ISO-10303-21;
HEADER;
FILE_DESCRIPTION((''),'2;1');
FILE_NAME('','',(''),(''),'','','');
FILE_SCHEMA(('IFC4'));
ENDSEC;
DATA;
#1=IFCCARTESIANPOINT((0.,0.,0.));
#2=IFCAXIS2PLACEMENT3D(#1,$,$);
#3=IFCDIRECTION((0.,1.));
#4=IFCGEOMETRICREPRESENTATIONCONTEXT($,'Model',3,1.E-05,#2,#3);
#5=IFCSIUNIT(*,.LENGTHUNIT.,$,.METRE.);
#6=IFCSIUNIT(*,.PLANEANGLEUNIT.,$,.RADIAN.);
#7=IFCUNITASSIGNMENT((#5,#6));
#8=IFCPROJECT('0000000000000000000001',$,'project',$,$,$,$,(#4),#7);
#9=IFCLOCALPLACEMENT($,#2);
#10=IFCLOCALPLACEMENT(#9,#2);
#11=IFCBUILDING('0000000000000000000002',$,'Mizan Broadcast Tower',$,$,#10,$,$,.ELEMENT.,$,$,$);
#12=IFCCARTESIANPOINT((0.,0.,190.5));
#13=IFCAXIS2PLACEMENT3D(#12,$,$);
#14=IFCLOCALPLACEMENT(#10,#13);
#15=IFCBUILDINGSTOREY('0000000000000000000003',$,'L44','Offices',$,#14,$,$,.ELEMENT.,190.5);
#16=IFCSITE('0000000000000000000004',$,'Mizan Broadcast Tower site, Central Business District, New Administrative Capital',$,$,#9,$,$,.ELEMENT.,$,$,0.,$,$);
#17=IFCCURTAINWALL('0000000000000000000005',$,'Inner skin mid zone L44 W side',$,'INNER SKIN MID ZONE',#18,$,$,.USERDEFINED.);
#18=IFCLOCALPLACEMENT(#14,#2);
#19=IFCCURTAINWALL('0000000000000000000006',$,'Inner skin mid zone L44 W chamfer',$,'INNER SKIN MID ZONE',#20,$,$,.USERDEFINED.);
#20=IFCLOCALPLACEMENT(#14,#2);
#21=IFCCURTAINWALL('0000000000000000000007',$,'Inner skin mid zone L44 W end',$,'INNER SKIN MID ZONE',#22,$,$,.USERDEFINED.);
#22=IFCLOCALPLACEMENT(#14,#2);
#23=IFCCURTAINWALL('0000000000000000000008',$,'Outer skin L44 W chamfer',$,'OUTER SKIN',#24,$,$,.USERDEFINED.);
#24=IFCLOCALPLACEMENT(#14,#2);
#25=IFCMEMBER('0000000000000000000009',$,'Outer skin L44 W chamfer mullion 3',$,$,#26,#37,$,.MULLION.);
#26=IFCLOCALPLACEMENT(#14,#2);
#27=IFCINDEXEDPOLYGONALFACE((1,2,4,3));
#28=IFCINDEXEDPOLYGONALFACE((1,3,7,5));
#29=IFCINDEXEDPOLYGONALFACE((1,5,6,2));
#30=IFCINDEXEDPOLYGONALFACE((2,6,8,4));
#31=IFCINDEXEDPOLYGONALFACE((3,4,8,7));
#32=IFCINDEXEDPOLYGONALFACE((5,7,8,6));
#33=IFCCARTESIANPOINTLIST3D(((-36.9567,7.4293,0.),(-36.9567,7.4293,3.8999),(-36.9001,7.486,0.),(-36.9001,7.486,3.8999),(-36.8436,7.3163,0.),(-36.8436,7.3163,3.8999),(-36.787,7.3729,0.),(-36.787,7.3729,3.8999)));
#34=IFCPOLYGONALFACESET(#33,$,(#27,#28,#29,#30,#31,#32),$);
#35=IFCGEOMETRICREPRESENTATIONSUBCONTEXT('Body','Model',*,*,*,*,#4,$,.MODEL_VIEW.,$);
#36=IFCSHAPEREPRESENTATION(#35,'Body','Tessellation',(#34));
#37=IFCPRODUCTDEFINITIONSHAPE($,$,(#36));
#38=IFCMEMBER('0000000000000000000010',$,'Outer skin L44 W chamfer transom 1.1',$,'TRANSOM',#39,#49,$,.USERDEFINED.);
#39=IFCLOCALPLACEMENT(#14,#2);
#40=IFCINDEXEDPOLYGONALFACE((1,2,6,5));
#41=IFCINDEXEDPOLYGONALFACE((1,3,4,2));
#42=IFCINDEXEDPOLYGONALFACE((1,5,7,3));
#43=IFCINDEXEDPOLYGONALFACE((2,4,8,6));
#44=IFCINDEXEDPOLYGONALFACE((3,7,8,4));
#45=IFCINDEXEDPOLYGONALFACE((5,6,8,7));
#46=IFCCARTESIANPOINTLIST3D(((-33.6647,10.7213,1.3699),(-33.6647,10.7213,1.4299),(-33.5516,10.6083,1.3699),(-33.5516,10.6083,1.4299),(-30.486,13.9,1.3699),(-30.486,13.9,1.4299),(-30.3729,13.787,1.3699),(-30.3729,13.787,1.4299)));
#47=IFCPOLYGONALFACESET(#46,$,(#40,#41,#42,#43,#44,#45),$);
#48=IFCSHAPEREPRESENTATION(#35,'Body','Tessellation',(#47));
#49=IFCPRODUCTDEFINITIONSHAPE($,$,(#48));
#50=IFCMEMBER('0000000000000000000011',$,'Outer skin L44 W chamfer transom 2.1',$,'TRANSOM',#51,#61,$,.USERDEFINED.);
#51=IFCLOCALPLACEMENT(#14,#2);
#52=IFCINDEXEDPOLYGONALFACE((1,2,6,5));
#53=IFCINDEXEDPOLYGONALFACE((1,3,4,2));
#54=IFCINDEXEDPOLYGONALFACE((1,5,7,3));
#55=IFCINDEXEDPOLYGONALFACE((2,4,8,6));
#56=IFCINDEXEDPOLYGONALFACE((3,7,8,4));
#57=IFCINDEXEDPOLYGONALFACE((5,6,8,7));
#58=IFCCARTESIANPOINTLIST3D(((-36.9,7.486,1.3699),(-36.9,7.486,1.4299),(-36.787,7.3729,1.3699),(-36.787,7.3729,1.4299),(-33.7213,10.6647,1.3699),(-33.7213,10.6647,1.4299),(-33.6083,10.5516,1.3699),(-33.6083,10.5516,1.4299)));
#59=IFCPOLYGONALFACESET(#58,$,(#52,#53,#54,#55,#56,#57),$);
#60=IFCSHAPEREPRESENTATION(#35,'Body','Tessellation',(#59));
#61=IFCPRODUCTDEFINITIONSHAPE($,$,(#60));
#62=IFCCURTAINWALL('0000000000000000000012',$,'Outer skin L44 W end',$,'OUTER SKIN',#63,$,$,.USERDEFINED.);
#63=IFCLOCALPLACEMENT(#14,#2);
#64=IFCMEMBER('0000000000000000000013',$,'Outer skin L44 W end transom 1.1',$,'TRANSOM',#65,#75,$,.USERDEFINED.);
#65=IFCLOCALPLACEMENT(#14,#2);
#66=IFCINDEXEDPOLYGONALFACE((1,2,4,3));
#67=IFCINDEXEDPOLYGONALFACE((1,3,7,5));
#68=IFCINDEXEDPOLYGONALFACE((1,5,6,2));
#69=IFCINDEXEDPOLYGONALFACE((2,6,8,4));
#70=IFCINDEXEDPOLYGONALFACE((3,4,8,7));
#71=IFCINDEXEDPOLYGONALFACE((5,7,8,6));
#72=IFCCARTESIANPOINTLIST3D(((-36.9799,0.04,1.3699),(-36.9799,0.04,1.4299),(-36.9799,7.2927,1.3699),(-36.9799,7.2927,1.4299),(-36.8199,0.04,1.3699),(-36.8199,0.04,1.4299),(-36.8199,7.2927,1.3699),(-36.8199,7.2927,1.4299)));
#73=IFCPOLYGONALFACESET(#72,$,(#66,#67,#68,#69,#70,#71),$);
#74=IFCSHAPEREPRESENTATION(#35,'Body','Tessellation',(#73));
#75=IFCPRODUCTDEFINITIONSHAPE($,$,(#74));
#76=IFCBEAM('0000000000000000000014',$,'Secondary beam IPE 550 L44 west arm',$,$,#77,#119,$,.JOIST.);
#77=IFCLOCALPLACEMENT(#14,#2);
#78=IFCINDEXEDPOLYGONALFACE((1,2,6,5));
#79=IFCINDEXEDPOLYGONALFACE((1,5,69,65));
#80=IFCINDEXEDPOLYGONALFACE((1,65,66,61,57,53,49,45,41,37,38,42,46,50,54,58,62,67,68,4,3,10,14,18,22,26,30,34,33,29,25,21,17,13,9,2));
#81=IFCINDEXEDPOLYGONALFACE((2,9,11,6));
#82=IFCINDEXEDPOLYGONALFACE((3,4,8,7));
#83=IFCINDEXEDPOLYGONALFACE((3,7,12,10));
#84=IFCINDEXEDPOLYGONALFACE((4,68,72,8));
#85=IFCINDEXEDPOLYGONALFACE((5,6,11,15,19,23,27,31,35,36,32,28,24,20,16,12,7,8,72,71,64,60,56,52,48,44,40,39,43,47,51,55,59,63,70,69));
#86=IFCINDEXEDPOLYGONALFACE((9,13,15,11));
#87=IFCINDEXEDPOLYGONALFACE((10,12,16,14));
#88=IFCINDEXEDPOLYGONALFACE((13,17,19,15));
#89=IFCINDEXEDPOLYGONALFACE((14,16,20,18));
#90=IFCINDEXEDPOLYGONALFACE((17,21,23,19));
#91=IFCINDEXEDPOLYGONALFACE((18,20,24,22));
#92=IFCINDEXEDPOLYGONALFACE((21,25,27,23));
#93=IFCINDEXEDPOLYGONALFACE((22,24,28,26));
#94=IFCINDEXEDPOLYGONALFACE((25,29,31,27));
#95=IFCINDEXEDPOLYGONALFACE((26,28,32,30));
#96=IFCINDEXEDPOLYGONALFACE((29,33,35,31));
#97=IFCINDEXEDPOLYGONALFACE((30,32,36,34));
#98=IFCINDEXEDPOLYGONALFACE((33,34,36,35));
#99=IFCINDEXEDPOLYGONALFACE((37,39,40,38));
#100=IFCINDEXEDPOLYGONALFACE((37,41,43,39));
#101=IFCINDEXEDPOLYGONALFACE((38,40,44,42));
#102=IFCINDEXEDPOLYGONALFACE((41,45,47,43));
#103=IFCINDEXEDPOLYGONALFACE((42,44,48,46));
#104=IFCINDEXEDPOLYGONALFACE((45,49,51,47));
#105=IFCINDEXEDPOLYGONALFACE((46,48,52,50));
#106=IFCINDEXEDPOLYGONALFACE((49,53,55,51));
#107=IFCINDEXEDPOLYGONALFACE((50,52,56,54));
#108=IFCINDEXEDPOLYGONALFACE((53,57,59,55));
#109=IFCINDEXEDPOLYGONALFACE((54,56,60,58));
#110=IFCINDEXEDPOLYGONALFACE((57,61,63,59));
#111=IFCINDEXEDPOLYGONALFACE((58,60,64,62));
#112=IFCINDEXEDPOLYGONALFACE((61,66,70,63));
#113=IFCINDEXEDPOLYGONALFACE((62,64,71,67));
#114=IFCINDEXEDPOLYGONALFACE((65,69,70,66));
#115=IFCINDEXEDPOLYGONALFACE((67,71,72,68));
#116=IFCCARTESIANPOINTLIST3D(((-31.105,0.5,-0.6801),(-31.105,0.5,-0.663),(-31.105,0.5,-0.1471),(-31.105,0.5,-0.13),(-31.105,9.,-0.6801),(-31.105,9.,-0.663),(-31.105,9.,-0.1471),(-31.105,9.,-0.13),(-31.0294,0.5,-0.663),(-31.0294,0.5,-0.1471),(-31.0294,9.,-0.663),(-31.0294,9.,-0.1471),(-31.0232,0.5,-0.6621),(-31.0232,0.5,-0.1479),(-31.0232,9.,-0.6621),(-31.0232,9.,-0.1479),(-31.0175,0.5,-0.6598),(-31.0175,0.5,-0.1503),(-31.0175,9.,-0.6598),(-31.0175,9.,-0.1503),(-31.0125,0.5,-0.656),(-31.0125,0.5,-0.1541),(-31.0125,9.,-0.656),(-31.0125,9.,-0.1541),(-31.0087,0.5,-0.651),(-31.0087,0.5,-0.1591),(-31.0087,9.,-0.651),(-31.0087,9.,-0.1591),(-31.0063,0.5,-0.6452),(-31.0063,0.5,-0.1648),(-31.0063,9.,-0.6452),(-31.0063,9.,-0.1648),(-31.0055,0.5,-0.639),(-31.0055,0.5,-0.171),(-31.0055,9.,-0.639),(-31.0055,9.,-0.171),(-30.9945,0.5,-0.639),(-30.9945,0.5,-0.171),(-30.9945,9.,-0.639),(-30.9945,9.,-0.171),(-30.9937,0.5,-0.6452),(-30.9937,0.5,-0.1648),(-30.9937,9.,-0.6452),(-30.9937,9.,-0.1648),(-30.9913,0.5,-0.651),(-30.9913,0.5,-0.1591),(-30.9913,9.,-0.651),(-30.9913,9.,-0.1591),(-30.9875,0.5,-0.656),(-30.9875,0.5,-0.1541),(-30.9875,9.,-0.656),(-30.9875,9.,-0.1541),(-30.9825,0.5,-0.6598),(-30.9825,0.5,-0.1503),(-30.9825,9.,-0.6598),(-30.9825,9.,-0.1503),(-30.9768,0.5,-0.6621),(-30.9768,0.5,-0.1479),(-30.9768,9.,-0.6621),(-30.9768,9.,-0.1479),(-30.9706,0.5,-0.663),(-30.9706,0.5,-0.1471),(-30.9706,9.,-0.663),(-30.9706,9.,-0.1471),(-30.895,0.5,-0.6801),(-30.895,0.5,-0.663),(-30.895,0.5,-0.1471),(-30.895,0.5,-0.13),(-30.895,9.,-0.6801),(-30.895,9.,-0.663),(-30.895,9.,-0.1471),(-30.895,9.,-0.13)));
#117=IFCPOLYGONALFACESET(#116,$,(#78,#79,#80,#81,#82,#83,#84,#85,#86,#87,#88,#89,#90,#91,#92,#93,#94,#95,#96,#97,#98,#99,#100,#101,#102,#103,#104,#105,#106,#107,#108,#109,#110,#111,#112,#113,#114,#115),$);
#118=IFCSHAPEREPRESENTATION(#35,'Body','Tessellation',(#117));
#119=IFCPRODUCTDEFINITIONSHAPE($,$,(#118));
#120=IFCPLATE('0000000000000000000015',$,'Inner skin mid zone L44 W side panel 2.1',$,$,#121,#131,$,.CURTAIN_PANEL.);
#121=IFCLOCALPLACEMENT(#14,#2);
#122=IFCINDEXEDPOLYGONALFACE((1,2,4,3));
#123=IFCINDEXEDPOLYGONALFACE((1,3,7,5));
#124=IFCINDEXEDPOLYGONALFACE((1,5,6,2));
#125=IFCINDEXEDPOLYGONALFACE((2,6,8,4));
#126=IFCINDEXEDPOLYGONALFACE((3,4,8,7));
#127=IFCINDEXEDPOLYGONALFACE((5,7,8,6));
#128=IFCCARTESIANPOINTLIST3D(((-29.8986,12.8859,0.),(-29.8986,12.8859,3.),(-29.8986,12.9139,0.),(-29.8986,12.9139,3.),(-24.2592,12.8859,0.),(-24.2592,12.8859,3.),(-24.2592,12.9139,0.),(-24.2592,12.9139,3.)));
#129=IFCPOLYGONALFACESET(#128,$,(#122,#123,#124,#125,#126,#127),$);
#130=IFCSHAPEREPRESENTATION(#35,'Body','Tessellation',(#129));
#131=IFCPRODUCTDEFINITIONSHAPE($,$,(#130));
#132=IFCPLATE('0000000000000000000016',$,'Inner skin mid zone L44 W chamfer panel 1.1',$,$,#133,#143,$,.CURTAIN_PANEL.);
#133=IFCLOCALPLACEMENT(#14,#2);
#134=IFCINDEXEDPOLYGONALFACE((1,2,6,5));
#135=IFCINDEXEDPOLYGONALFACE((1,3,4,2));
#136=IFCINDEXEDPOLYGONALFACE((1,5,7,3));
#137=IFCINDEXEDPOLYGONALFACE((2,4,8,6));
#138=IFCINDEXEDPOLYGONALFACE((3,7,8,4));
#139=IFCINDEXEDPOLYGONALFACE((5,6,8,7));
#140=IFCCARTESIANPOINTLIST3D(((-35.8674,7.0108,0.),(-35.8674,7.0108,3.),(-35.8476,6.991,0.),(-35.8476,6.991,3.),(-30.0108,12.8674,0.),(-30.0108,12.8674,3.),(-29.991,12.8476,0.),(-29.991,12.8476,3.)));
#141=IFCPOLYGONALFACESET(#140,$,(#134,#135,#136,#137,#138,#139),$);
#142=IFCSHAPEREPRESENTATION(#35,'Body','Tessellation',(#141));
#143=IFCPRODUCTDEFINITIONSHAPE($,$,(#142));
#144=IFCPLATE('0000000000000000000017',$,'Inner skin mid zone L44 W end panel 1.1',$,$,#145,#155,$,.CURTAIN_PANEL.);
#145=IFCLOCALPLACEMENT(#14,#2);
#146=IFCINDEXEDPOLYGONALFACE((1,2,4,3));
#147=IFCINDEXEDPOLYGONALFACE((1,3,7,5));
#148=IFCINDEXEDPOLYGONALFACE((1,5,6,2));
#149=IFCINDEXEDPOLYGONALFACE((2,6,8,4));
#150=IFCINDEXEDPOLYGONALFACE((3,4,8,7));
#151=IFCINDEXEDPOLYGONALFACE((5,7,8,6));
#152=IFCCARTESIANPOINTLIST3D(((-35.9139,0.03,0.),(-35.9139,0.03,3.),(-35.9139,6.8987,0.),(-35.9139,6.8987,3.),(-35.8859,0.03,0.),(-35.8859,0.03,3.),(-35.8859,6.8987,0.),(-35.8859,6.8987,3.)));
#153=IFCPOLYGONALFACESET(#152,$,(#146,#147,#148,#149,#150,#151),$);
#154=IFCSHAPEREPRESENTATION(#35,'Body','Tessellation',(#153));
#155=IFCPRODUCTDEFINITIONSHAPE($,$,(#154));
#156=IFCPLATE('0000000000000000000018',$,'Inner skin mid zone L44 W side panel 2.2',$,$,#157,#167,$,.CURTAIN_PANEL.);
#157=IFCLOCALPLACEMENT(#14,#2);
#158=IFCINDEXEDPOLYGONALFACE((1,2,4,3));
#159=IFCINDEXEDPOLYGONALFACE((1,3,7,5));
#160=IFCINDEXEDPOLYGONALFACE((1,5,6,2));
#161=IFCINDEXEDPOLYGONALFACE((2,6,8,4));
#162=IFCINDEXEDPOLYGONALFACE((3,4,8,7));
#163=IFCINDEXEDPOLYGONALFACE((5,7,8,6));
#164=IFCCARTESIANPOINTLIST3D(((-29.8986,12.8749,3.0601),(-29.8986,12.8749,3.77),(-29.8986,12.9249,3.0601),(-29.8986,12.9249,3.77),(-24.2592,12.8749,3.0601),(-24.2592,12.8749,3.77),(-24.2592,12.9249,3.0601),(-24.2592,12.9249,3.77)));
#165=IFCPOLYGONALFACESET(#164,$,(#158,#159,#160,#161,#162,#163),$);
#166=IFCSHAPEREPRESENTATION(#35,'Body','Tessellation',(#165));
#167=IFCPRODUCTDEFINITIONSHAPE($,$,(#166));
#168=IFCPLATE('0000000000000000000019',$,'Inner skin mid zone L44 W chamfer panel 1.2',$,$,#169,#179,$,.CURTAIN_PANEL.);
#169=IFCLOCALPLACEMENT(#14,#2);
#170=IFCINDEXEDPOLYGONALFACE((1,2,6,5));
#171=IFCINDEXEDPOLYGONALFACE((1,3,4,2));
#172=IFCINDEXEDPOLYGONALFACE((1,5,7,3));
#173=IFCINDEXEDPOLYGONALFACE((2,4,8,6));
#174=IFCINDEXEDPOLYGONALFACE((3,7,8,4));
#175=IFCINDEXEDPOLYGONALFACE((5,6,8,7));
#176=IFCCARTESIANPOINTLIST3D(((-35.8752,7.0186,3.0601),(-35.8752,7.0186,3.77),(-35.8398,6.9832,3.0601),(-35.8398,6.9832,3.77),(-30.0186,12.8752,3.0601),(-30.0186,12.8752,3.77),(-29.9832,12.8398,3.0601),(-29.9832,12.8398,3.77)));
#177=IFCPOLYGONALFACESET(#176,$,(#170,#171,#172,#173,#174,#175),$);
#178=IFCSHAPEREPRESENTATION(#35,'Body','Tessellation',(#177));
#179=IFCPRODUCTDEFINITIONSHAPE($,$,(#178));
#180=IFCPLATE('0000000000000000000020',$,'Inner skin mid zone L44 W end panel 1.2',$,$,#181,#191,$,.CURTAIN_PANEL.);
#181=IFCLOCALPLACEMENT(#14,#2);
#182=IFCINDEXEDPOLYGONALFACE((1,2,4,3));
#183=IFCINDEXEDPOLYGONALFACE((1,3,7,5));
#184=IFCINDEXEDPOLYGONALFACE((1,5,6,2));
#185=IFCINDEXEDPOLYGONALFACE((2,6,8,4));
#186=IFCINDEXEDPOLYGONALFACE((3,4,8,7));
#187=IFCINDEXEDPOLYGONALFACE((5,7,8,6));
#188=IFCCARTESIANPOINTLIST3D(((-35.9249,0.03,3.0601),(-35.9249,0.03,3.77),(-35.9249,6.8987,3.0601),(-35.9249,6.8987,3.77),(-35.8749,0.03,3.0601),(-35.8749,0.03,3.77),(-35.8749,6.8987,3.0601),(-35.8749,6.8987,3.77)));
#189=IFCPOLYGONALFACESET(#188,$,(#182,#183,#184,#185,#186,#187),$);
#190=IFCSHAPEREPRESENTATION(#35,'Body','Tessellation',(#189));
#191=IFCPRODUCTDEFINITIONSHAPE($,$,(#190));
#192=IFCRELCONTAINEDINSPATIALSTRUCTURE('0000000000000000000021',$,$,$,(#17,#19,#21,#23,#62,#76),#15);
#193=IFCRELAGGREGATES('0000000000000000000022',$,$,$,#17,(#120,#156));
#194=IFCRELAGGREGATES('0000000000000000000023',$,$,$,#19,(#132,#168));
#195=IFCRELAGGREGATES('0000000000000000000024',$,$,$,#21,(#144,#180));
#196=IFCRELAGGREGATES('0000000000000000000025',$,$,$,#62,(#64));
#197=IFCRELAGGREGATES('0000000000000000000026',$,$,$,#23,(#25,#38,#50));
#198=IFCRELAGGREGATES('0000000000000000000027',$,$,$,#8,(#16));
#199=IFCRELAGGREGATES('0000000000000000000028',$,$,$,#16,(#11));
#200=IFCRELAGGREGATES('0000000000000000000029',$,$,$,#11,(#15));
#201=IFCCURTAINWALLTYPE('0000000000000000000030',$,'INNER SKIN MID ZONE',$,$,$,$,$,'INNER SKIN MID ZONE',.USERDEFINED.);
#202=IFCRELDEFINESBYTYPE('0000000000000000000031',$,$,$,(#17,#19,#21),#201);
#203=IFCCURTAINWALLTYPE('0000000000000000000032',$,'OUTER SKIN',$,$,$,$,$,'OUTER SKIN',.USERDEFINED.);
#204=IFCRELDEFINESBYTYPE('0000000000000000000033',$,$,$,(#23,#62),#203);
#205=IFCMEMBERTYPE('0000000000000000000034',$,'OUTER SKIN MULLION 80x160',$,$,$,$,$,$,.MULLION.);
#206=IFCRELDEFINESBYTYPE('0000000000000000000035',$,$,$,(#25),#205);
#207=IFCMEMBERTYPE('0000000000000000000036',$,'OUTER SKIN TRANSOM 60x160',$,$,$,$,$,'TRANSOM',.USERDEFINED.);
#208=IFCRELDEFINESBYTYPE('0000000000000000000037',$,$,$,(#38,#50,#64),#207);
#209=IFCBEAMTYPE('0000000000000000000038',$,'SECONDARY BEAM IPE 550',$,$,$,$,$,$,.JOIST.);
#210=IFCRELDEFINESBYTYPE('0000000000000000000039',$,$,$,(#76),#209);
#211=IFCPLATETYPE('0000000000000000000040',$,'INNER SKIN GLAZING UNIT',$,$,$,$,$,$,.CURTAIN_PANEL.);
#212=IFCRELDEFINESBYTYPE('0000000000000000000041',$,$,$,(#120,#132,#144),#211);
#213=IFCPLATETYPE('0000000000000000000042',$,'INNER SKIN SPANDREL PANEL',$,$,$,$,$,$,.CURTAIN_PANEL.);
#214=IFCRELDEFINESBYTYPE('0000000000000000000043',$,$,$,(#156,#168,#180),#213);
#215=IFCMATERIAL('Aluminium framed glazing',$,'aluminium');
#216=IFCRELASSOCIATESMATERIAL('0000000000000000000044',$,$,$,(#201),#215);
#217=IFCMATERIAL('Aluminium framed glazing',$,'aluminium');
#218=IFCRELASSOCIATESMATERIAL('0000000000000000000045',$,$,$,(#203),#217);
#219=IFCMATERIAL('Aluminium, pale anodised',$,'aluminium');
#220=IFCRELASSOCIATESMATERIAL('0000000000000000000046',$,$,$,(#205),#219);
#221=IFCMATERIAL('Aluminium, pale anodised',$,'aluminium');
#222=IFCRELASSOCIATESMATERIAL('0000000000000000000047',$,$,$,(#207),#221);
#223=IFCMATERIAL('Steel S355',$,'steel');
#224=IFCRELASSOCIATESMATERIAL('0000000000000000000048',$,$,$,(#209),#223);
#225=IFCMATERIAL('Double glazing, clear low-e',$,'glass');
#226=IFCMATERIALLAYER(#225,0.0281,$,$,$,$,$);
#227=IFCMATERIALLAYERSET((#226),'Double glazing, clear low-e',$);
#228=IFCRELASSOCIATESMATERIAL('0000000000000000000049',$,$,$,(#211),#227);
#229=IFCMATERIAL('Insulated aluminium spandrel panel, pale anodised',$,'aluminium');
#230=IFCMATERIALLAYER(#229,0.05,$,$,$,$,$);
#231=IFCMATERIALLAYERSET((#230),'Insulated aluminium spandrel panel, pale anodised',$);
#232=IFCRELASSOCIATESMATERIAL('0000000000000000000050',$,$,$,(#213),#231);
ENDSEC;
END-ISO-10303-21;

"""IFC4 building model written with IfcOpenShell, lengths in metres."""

from ifc_helpers import new_model, si_unit, direction, frame, origin, origin_2d, place, context, subcontext, project, spatial, rectangle, i_section, extrude, material, layer, layer_set, material_profile, profile_set, type_object, element, aggregate, save


model = new_model("IFC4")

# Units and contexts
model_context = context("Model", 3, precision=1e-05, world=origin(), true_north=direction((0.0, 1.0)))
body_context = subcontext(model_context, "Body", "Model", "MODEL_VIEW")
ifc_project = project(units=[si_unit("LENGTHUNIT", "METRE"), si_unit("PLANEANGLEUNIT", "RADIAN")], contexts=[model_context])

# Site, building, storey
site_placement = place(None, origin())
site = spatial("IfcSite", under=ifc_project, at=site_placement, Name="Mizan Broadcast Tower site, Central Business District, New Administrative Capital", CompositionType="ELEMENT", RefElevation=0.0)
building_placement = place(site_placement, origin())
building = spatial("IfcBuilding", under=site, at=building_placement, Name="Mizan Broadcast Tower", CompositionType="ELEMENT")
storey_placement = place(building_placement, frame((0.0, 0.0, 190.5)))
storey = spatial("IfcBuildingStorey", under=building, at=storey_placement, Name="L44", Description="Offices", CompositionType="ELEMENT", Elevation=190.5)

# Curtain wall
ifc_material_1 = material(Name="Aluminium framed glazing", Category="aluminium")
curtain_wall_type_1 = type_object("IfcCurtainWallType", Name="INNER SKIN MID ZONE", ElementType="INNER SKIN MID ZONE", PredefinedType="USERDEFINED", material=ifc_material_1)
curtain_wall_1_placement = place(storey_placement, origin())
curtain_wall_1 = element("IfcCurtainWall", 1, at=curtain_wall_1_placement, inside=storey, type_object=curtain_wall_type_1, Name="Inner skin mid zone L44 W side", ObjectType="INNER SKIN MID ZONE", PredefinedType="USERDEFINED")

# Curtain wall
curtain_wall_2_placement = place(storey_placement, origin())
curtain_wall_2 = element("IfcCurtainWall", 2, at=curtain_wall_2_placement, inside=storey, type_object=curtain_wall_type_1, Name="Inner skin mid zone L44 W chamfer", ObjectType="INNER SKIN MID ZONE", PredefinedType="USERDEFINED")

# Curtain wall
curtain_wall_3_placement = place(storey_placement, origin())
curtain_wall_3 = element("IfcCurtainWall", 3, at=curtain_wall_3_placement, inside=storey, type_object=curtain_wall_type_1, Name="Inner skin mid zone L44 W end", ObjectType="INNER SKIN MID ZONE", PredefinedType="USERDEFINED")
ifc_material_2 = material(Name="Aluminium framed glazing", Category="aluminium")
curtain_wall_type_2 = type_object("IfcCurtainWallType", Name="OUTER SKIN", ElementType="OUTER SKIN", PredefinedType="USERDEFINED", material=ifc_material_2)
ifc_material_3 = material(Name="Aluminium, pale anodised", Category="aluminium")
ifc_material_profile_1 = material_profile(ifc_material_3, rectangle(XDim=0.1599, YDim=0.0801, at=origin_2d()), Name="MULLION 160x80")
ifc_profile_set_1 = profile_set([ifc_material_profile_1], Name="Aluminium, pale anodised")
member_type_1 = type_object("IfcMemberType", Name="OUTER SKIN MULLION 80x160", PredefinedType="MULLION", material=ifc_profile_set_1)

# Curtain wall, members
curtain_wall_4_placement = place(storey_placement, origin())
curtain_wall_4 = element("IfcCurtainWall", 4, at=curtain_wall_4_placement, inside=storey, type_object=curtain_wall_type_2, Name="Outer skin L44 W chamfer", ObjectType="OUTER SKIN", PredefinedType="USERDEFINED")
member_1_placement = place(storey_placement, frame((-36.8718, 7.4011, 0.0), z_axis=(0.0, 0.0, 1.0), x_axis=(0.707107, -0.707107, 0.0)))
member_1 = element("IfcMember", 5, at=member_1_placement, type_object=member_type_1, Name="Outer skin L44 W chamfer mullion 3", PredefinedType="MULLION", context=body_context, shape_type="SweptSolid", body=[
    extrude(rectangle(XDim=0.1599, YDim=0.0801, at=origin_2d()), origin(), (0.0, 0.0, 1.0), 3.8999),
])
ifc_material_4 = material(Name="Aluminium, pale anodised", Category="aluminium")
ifc_material_profile_2 = material_profile(ifc_material_4, rectangle(XDim=0.1599, YDim=0.0601, at=origin_2d()), Name="TRANSOM 160x60")
ifc_profile_set_2 = profile_set([ifc_material_profile_2], Name="Aluminium, pale anodised")
member_type_2 = type_object("IfcMemberType", Name="OUTER SKIN TRANSOM 60x160", ElementType="TRANSOM", PredefinedType="USERDEFINED", material=ifc_profile_set_2)
member_2_placement = place(storey_placement, frame((-30.4294, 13.8435, 1.3999), z_axis=(-0.707107, -0.707107, 0.0), x_axis=(0.707107, -0.707107, 0.0)))
member_2 = element("IfcMember", 6, at=member_2_placement, type_object=member_type_2, Name="Outer skin L44 W chamfer transom 1.1", ObjectType="TRANSOM", PredefinedType="USERDEFINED", context=body_context, shape_type="SweptSolid", body=[
    extrude(rectangle(XDim=0.1599, YDim=0.0601, at=origin_2d()), origin(), (0.0, 0.0, 1.0), 4.4954),
])
member_3_placement = place(storey_placement, frame((-33.6648, 10.6082, 1.3999), z_axis=(-0.707107, -0.707107, 0.0), x_axis=(0.707107, -0.707107, 0.0)))
member_3 = element("IfcMember", 7, at=member_3_placement, type_object=member_type_2, Name="Outer skin L44 W chamfer transom 2.1", ObjectType="TRANSOM", PredefinedType="USERDEFINED", context=body_context, shape_type="SweptSolid", body=[
    extrude(rectangle(XDim=0.1599, YDim=0.0601, at=origin_2d()), origin(), (0.0, 0.0, 1.0), 4.4954),
])

# Curtain wall, member
curtain_wall_5_placement = place(storey_placement, origin())
curtain_wall_5 = element("IfcCurtainWall", 8, at=curtain_wall_5_placement, inside=storey, type_object=curtain_wall_type_2, Name="Outer skin L44 W end", ObjectType="OUTER SKIN", PredefinedType="USERDEFINED")
member_4_placement = place(storey_placement, frame((-36.8999, 7.2927, 1.3999), z_axis=(0.0, -1.0, 0.0), x_axis=(1.0, 0.0, 0.0)))
member_4 = element("IfcMember", 9, at=member_4_placement, type_object=member_type_2, Name="Outer skin L44 W end transom 1.1", ObjectType="TRANSOM", PredefinedType="USERDEFINED", context=body_context, shape_type="SweptSolid", body=[
    extrude(rectangle(XDim=0.1599, YDim=0.0601, at=origin_2d()), origin(), (0.0, 0.0, 1.0), 7.2527),
])

# Beam
ifc_material_5 = material(Name="Steel S355", Category="steel")
ifc_material_profile_3 = material_profile(ifc_material_5, i_section(OverallWidth=0.21, OverallDepth=0.55, WebThickness=0.011, FlangeThickness=0.0171, FilletRadius=0.0239, at=origin_2d()), Name="IPE 550")
ifc_profile_set_3 = profile_set([ifc_material_profile_3], Name="Steel S355")
beam_type_1 = type_object("IfcBeamType", Name="SECONDARY BEAM IPE 550", PredefinedType="JOIST", material=ifc_profile_set_3)
beam_1_placement = place(storey_placement, frame((-31.0, 9.0, -0.405), z_axis=(0.0, -1.0, 0.0), x_axis=(1.0, 0.0, 0.0)))
element("IfcBeam", 10, at=beam_1_placement, inside=storey, type_object=beam_type_1, Name="Secondary beam IPE 550 L44 west arm", PredefinedType="JOIST", context=body_context, shape_type="SweptSolid", body=[
    extrude(i_section(OverallWidth=0.21, OverallDepth=0.55, WebThickness=0.011, FlangeThickness=0.0171, FilletRadius=0.0239, at=origin_2d()), origin(), (0.0, 0.0, 1.0), 8.5),
])

# Plates
ifc_material_6 = material(Name="Double glazing, clear low-e", Category="glass")
ifc_layer_1 = layer(ifc_material_6, 0.0281)
ifc_layer_set_1 = layer_set([ifc_layer_1], Name="Double glazing, clear low-e")
plate_type_1 = type_object("IfcPlateType", Name="INNER SKIN GLAZING UNIT", PredefinedType="CURTAIN_PANEL", material=ifc_layer_set_1)
plate_1_placement = place(storey_placement, frame((-27.0789, 12.8999, 0.0), z_axis=(0.0, 0.0, 1.0), x_axis=(-1.0, 0.0, 0.0)))
plate_1 = element("IfcPlate", 11, at=plate_1_placement, type_object=plate_type_1, Name="Inner skin mid zone L44 W side panel 2.1", PredefinedType="CURTAIN_PANEL", context=body_context, shape_type="SweptSolid", body=[
    extrude(rectangle(XDim=5.6394, YDim=0.0281, at=origin_2d()), origin(), (0.0, 0.0, 1.0), 3.0),
])
plate_2_placement = place(storey_placement, frame((-32.9292, 9.9292, 0.0), z_axis=(0.0, 0.0, 1.0), x_axis=(-0.707107, -0.707107, 0.0)))
plate_2 = element("IfcPlate", 12, at=plate_2_placement, type_object=plate_type_1, Name="Inner skin mid zone L44 W chamfer panel 1.1", PredefinedType="CURTAIN_PANEL", context=body_context, shape_type="SweptSolid", body=[
    extrude(rectangle(XDim=8.2825, YDim=0.0281, at=origin_2d()), origin(), (0.0, 0.0, 1.0), 3.0),
])
plate_3_placement = place(storey_placement, frame((-35.8999, 3.4644, 0.0), z_axis=(0.0, 0.0, 1.0), x_axis=(0.0, -1.0, 0.0)))
plate_3 = element("IfcPlate", 13, at=plate_3_placement, type_object=plate_type_1, Name="Inner skin mid zone L44 W end panel 1.1", PredefinedType="CURTAIN_PANEL", context=body_context, shape_type="SweptSolid", body=[
    extrude(rectangle(XDim=6.8687, YDim=0.0281, at=origin_2d()), origin(), (0.0, 0.0, 1.0), 3.0),
])
ifc_material_7 = material(Name="Insulated aluminium spandrel panel, pale anodised", Category="aluminium")
ifc_layer_2 = layer(ifc_material_7, 0.05)
ifc_layer_set_2 = layer_set([ifc_layer_2], Name="Insulated aluminium spandrel panel, pale anodised")
plate_type_2 = type_object("IfcPlateType", Name="INNER SKIN SPANDREL PANEL", PredefinedType="CURTAIN_PANEL", material=ifc_layer_set_2)
plate_4_placement = place(storey_placement, frame((-27.0789, 12.8999, 3.0601), z_axis=(0.0, 0.0, 1.0), x_axis=(-1.0, 0.0, 0.0)))
plate_4 = element("IfcPlate", 14, at=plate_4_placement, type_object=plate_type_2, Name="Inner skin mid zone L44 W side panel 2.2", PredefinedType="CURTAIN_PANEL", context=body_context, shape_type="SweptSolid", body=[
    extrude(rectangle(XDim=5.6394, YDim=0.05, at=origin_2d()), origin(), (0.0, 0.0, 1.0), 0.71),
])
aggregate(curtain_wall_1, [plate_1, plate_4])
plate_5_placement = place(storey_placement, frame((-32.9292, 9.9292, 3.0601), z_axis=(0.0, 0.0, 1.0), x_axis=(-0.707107, -0.707107, 0.0)))
plate_5 = element("IfcPlate", 15, at=plate_5_placement, type_object=plate_type_2, Name="Inner skin mid zone L44 W chamfer panel 1.2", PredefinedType="CURTAIN_PANEL", context=body_context, shape_type="SweptSolid", body=[
    extrude(rectangle(XDim=8.2825, YDim=0.05, at=origin_2d()), origin(), (0.0, 0.0, 1.0), 0.71),
])
aggregate(curtain_wall_2, [plate_2, plate_5])
plate_6_placement = place(storey_placement, frame((-35.8999, 3.4644, 3.0601), z_axis=(0.0, 0.0, 1.0), x_axis=(0.0, -1.0, 0.0)))
plate_6 = element("IfcPlate", 16, at=plate_6_placement, type_object=plate_type_2, Name="Inner skin mid zone L44 W end panel 1.2", PredefinedType="CURTAIN_PANEL", context=body_context, shape_type="SweptSolid", body=[
    extrude(rectangle(XDim=6.8687, YDim=0.05, at=origin_2d()), origin(), (0.0, 0.0, 1.0), 0.71),
])
aggregate(curtain_wall_3, [plate_3, plate_6])
aggregate(curtain_wall_5, [member_4])
aggregate(curtain_wall_4, [member_1, member_2, member_3])

save(model, "model.ifc")
